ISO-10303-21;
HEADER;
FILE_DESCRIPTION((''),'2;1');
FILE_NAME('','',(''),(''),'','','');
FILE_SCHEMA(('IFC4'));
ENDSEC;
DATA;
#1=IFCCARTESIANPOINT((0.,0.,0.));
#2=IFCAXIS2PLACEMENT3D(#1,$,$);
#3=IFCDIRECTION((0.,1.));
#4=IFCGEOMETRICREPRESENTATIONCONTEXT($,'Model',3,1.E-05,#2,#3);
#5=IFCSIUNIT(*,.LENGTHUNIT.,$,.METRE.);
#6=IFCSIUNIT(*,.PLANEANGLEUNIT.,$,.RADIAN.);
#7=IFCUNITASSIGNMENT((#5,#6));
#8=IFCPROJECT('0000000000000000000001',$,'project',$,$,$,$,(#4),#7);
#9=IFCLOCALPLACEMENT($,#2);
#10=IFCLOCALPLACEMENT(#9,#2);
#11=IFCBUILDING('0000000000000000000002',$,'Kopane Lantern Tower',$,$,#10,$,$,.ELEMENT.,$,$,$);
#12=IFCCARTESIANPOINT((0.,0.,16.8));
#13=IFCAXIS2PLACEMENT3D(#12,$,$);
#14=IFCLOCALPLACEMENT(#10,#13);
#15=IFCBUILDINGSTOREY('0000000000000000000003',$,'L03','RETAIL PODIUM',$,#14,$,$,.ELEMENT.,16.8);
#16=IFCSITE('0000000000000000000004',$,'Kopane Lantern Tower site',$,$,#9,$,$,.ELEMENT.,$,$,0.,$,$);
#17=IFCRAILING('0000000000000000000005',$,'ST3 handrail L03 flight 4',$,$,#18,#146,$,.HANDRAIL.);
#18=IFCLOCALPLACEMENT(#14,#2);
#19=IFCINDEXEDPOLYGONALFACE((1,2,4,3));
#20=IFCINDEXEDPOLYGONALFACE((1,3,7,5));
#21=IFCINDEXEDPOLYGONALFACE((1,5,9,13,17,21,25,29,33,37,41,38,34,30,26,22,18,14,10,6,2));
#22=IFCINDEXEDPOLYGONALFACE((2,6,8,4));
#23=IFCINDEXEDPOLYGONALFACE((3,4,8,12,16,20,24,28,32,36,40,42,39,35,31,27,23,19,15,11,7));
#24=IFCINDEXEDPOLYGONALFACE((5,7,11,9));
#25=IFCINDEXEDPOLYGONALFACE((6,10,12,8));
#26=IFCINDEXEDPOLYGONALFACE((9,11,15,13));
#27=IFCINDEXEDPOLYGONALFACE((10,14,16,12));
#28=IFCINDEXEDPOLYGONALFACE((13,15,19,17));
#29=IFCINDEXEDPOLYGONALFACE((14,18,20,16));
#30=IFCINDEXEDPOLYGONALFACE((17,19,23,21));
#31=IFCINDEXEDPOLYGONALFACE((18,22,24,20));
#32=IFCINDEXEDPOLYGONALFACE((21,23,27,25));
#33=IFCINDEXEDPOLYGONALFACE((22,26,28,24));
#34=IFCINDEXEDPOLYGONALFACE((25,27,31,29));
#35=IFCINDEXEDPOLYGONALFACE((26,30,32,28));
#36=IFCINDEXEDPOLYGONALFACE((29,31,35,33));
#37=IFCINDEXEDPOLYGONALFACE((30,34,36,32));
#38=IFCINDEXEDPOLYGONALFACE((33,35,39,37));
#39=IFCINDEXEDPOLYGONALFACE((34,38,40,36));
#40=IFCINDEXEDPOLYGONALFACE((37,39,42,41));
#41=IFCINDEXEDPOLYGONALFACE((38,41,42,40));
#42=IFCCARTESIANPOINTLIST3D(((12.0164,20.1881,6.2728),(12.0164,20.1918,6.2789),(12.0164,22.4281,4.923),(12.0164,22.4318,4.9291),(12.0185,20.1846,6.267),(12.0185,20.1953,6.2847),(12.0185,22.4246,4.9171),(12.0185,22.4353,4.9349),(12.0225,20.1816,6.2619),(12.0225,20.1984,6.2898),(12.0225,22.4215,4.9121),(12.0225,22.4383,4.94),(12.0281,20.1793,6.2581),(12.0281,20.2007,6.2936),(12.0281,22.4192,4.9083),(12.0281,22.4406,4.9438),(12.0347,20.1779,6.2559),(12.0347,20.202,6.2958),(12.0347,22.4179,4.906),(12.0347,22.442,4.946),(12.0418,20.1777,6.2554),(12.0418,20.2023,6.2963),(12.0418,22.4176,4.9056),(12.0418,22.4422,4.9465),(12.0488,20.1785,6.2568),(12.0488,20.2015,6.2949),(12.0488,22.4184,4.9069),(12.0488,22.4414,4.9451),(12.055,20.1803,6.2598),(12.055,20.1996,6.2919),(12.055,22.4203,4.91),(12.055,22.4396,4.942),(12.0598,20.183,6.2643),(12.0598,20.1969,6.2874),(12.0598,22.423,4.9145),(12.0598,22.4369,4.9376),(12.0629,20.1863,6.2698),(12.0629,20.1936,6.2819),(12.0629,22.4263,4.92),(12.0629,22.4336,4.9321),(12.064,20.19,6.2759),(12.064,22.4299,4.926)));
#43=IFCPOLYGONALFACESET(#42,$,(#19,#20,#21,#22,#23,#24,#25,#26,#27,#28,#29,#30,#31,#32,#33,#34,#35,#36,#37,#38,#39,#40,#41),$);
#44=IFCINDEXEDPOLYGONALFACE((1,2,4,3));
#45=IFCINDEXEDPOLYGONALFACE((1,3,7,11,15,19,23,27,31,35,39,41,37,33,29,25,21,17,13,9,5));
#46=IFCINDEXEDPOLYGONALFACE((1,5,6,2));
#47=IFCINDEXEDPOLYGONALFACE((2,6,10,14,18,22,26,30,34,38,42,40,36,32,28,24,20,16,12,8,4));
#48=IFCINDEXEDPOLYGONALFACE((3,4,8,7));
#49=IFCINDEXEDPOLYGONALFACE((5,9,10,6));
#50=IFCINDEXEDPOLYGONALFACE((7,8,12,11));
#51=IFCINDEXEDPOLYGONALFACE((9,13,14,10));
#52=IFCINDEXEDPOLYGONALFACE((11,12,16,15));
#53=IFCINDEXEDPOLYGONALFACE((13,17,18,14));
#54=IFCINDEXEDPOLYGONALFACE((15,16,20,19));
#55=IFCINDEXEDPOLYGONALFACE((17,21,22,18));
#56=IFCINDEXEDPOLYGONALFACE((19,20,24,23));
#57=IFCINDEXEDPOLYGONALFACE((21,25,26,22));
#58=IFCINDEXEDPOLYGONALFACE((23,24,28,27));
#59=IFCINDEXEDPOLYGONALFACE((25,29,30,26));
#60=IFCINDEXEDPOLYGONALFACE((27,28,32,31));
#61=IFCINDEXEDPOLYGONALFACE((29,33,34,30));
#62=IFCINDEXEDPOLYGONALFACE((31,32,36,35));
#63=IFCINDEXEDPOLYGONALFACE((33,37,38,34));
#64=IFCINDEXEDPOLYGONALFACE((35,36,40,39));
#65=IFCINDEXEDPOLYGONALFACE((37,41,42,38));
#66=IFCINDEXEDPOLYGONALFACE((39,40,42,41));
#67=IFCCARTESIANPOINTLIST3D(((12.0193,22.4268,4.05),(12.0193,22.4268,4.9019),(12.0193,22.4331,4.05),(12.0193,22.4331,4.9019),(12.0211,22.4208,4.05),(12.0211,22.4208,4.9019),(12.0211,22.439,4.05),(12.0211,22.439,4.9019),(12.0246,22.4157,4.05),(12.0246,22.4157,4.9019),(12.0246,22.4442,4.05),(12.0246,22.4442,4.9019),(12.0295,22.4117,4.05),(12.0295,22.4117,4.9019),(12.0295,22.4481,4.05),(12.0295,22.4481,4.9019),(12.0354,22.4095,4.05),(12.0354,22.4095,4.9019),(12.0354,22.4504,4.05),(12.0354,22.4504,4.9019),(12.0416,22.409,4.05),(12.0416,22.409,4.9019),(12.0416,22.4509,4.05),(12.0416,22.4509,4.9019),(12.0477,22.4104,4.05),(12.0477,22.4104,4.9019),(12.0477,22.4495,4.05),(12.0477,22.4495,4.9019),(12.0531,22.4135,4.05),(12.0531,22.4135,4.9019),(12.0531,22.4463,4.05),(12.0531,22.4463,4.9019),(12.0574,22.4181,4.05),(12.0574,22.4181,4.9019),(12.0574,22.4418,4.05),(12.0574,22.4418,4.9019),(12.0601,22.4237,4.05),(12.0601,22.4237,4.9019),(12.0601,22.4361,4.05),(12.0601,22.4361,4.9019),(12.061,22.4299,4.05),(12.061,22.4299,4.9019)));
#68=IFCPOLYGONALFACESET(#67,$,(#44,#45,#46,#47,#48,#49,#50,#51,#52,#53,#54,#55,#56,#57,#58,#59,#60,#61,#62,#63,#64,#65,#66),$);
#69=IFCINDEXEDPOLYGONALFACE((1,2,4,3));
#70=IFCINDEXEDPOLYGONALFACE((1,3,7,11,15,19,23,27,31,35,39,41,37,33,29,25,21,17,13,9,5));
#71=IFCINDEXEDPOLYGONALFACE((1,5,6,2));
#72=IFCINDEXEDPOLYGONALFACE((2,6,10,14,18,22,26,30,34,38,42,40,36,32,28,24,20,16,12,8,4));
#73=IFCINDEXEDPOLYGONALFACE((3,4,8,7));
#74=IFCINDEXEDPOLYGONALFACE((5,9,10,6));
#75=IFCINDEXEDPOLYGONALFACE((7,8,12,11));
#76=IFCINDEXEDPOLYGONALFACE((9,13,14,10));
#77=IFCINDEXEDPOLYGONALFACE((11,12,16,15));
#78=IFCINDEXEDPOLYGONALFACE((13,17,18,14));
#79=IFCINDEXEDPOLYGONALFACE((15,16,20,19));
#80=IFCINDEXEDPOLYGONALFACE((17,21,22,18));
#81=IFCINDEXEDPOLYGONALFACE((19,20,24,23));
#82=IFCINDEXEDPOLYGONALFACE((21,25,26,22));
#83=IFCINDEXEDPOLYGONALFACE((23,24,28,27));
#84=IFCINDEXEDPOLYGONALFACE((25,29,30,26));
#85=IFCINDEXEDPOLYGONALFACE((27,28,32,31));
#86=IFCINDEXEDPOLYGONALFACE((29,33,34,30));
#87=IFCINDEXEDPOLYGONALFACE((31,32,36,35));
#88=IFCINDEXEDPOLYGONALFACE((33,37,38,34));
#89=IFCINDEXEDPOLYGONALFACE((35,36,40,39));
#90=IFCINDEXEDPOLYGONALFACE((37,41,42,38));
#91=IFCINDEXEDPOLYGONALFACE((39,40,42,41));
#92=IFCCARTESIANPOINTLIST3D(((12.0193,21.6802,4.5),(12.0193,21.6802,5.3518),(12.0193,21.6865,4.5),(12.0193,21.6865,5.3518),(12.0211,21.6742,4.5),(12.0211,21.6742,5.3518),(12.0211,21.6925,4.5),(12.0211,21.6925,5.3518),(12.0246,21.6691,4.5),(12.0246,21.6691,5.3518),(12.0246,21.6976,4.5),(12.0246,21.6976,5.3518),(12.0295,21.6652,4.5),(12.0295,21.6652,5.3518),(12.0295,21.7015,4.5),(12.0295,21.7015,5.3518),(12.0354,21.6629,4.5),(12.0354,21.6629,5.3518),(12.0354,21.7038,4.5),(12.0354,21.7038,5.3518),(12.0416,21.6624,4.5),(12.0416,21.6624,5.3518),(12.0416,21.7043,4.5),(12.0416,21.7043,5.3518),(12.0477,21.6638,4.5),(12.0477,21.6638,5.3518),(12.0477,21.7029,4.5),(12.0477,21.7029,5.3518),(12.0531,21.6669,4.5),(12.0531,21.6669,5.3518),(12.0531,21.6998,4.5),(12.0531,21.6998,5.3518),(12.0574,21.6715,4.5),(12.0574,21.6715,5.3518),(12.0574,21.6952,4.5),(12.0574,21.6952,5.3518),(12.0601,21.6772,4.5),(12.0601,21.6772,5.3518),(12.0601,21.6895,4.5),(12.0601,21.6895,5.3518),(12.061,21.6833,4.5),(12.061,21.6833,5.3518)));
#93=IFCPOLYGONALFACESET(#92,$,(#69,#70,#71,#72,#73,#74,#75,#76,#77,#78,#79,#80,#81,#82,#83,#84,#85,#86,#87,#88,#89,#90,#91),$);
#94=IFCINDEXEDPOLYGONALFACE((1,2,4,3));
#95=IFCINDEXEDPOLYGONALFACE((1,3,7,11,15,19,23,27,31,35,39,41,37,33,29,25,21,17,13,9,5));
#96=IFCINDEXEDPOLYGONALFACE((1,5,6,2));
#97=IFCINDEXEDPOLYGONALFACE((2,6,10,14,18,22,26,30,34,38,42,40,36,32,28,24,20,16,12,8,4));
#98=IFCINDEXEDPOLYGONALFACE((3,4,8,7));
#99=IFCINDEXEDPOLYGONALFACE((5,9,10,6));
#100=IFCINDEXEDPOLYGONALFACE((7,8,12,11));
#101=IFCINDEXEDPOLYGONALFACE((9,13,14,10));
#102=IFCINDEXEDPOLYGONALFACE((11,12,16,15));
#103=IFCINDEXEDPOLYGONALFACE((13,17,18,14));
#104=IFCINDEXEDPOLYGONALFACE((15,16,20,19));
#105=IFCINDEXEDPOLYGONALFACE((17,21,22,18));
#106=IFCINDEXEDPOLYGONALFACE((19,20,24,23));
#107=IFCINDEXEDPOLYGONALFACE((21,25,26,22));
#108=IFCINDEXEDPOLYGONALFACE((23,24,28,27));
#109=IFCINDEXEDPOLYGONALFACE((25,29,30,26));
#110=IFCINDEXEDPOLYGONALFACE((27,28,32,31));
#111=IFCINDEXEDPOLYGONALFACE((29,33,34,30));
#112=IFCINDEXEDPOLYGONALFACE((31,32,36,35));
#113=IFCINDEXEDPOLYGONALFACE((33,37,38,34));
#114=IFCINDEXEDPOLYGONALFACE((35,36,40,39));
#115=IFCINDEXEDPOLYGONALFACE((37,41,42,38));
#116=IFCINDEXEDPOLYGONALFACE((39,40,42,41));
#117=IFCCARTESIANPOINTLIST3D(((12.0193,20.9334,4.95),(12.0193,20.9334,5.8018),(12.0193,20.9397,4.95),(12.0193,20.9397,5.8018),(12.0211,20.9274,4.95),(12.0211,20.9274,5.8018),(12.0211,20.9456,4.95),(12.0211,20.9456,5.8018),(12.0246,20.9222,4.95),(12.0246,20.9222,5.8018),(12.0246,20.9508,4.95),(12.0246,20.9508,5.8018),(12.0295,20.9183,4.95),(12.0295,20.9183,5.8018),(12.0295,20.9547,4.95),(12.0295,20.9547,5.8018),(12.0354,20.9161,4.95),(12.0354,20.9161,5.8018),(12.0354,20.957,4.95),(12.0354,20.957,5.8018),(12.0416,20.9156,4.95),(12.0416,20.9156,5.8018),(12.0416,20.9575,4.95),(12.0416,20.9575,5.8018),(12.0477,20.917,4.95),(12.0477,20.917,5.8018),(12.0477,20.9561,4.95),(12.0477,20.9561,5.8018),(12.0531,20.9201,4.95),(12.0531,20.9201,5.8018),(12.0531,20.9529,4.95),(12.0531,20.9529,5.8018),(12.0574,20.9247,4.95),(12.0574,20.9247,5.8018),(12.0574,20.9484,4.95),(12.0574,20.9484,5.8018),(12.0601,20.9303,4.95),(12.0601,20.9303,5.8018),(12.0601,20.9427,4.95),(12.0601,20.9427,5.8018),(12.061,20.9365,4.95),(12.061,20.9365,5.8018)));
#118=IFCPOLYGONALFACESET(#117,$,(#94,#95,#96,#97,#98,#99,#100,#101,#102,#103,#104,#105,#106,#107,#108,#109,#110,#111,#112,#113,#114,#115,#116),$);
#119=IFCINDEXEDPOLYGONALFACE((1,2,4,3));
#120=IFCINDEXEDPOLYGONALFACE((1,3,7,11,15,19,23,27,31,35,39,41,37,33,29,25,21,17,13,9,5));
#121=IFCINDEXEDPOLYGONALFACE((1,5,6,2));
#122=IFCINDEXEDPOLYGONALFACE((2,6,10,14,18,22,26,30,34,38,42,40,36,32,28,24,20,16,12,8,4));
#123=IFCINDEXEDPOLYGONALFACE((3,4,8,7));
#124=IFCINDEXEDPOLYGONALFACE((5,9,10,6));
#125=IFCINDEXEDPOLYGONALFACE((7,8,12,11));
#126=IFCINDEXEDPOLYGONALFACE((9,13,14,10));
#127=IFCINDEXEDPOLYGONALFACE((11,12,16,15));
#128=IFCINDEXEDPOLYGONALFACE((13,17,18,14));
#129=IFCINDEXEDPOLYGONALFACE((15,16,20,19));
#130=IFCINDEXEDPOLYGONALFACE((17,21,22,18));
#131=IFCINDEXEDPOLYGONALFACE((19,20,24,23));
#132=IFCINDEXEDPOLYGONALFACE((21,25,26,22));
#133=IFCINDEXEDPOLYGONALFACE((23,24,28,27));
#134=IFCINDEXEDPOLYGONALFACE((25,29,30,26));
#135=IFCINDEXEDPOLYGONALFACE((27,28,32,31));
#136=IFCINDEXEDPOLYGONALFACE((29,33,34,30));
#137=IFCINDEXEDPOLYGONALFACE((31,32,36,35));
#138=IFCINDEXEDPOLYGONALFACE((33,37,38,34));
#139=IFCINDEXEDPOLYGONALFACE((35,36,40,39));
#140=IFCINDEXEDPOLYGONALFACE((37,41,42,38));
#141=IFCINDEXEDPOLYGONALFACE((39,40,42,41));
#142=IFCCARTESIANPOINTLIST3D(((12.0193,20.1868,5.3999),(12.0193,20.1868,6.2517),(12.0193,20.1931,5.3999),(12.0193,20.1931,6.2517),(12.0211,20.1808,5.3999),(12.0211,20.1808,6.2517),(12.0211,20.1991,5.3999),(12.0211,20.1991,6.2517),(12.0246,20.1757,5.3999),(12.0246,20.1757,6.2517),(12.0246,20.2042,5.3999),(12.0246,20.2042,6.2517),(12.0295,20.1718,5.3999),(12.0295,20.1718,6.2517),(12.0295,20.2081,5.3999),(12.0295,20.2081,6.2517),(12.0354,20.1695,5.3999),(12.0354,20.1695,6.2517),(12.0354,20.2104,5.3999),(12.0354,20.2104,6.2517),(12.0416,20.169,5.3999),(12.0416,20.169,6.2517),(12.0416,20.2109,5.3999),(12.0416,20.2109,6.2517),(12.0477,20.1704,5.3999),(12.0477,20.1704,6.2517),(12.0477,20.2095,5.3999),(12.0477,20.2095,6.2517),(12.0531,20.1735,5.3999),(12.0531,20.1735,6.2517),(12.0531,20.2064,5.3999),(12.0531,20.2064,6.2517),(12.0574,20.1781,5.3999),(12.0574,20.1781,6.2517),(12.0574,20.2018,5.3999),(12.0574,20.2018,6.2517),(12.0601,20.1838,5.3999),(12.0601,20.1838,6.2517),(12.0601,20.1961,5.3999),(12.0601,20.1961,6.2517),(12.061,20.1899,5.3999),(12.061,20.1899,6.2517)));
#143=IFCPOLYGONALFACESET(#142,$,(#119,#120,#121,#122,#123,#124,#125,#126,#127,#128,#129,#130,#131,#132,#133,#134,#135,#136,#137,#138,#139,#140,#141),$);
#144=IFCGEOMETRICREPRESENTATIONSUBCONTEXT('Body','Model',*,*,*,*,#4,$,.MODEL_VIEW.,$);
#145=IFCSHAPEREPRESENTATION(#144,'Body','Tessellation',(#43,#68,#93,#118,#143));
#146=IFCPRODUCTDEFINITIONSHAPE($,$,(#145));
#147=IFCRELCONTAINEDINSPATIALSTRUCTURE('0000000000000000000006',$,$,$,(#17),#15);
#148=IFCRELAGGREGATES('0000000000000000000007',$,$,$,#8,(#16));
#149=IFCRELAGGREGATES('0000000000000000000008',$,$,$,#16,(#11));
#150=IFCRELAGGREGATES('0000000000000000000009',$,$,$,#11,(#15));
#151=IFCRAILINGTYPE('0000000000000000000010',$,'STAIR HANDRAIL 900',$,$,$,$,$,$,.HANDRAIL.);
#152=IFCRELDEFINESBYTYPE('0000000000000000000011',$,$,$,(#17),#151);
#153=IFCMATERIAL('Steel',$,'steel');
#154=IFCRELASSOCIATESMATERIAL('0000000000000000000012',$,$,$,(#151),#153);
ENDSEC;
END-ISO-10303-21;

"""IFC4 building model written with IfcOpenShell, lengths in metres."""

from ifc_helpers import new_model, si_unit, direction, frame, origin, origin_2d, place, context, subcontext, project, spatial, circle, extrude, material, type_object, element, save


model = new_model("IFC4")

# Units and contexts
model_context = context("Model", 3, precision=1e-05, world=origin(), true_north=direction((0.0, 1.0)))
body_context = subcontext(model_context, "Body", "Model", "MODEL_VIEW")
ifc_project = project(units=[si_unit("LENGTHUNIT", "METRE"), si_unit("PLANEANGLEUNIT", "RADIAN")], contexts=[model_context])

# Site, building, storey
site_placement = place(None, origin())
site = spatial("IfcSite", under=ifc_project, at=site_placement, Name="Kopane Lantern Tower site", CompositionType="ELEMENT", RefElevation=0.0)
building_placement = place(site_placement, origin())
building = spatial("IfcBuilding", under=site, at=building_placement, Name="Kopane Lantern Tower", CompositionType="ELEMENT")
storey_placement = place(building_placement, frame((0.0, 0.0, 16.8)))
storey = spatial("IfcBuildingStorey", under=building, at=storey_placement, Name="L03", Description="RETAIL PODIUM", CompositionType="ELEMENT", Elevation=16.8)

# Railing
ifc_material_1 = material(Name="Steel", Category="steel")
railing_type_1 = type_object("IfcRailingType", Name="STAIR HANDRAIL 900", PredefinedType="HANDRAIL", material=ifc_material_1)
for number, where, name in (
    (1, (12.04, 22.4299, 4.05), "ST3 handrail L03 flight 4"),
):
    element("IfcRailing", number, at=place(storey_placement, frame(where)), inside=storey, type_object=railing_type_1, Name=name, PredefinedType="HANDRAIL", context=body_context, shape_type="SweptSolid", body=[
        extrude(circle(Radius=0.0239, at=origin_2d()), frame((0.0, 0.0, 0.876), z_axis=(0.0, -0.856503, 0.516142), x_axis=(1.0, 0.0, 0.0)), (0.0, 0.0, 1.0), 2.6152),
        extrude(circle(Radius=0.021, at=origin_2d()), origin(), (0.0, 0.0, 1.0), 0.8518),
        extrude(circle(Radius=0.021, at=origin_2d()), frame((0.0, -0.7466, 0.45)), (0.0, 0.0, 1.0), 0.8518),
        extrude(circle(Radius=0.021, at=origin_2d()), frame((0.0, -1.4934, 0.8999)), (0.0, 0.0, 1.0), 0.8518),
        extrude(circle(Radius=0.021, at=origin_2d()), frame((0.0, -2.24, 1.3499)), (0.0, 0.0, 1.0), 0.8518),
    ])

save(model, "model.ifc")
